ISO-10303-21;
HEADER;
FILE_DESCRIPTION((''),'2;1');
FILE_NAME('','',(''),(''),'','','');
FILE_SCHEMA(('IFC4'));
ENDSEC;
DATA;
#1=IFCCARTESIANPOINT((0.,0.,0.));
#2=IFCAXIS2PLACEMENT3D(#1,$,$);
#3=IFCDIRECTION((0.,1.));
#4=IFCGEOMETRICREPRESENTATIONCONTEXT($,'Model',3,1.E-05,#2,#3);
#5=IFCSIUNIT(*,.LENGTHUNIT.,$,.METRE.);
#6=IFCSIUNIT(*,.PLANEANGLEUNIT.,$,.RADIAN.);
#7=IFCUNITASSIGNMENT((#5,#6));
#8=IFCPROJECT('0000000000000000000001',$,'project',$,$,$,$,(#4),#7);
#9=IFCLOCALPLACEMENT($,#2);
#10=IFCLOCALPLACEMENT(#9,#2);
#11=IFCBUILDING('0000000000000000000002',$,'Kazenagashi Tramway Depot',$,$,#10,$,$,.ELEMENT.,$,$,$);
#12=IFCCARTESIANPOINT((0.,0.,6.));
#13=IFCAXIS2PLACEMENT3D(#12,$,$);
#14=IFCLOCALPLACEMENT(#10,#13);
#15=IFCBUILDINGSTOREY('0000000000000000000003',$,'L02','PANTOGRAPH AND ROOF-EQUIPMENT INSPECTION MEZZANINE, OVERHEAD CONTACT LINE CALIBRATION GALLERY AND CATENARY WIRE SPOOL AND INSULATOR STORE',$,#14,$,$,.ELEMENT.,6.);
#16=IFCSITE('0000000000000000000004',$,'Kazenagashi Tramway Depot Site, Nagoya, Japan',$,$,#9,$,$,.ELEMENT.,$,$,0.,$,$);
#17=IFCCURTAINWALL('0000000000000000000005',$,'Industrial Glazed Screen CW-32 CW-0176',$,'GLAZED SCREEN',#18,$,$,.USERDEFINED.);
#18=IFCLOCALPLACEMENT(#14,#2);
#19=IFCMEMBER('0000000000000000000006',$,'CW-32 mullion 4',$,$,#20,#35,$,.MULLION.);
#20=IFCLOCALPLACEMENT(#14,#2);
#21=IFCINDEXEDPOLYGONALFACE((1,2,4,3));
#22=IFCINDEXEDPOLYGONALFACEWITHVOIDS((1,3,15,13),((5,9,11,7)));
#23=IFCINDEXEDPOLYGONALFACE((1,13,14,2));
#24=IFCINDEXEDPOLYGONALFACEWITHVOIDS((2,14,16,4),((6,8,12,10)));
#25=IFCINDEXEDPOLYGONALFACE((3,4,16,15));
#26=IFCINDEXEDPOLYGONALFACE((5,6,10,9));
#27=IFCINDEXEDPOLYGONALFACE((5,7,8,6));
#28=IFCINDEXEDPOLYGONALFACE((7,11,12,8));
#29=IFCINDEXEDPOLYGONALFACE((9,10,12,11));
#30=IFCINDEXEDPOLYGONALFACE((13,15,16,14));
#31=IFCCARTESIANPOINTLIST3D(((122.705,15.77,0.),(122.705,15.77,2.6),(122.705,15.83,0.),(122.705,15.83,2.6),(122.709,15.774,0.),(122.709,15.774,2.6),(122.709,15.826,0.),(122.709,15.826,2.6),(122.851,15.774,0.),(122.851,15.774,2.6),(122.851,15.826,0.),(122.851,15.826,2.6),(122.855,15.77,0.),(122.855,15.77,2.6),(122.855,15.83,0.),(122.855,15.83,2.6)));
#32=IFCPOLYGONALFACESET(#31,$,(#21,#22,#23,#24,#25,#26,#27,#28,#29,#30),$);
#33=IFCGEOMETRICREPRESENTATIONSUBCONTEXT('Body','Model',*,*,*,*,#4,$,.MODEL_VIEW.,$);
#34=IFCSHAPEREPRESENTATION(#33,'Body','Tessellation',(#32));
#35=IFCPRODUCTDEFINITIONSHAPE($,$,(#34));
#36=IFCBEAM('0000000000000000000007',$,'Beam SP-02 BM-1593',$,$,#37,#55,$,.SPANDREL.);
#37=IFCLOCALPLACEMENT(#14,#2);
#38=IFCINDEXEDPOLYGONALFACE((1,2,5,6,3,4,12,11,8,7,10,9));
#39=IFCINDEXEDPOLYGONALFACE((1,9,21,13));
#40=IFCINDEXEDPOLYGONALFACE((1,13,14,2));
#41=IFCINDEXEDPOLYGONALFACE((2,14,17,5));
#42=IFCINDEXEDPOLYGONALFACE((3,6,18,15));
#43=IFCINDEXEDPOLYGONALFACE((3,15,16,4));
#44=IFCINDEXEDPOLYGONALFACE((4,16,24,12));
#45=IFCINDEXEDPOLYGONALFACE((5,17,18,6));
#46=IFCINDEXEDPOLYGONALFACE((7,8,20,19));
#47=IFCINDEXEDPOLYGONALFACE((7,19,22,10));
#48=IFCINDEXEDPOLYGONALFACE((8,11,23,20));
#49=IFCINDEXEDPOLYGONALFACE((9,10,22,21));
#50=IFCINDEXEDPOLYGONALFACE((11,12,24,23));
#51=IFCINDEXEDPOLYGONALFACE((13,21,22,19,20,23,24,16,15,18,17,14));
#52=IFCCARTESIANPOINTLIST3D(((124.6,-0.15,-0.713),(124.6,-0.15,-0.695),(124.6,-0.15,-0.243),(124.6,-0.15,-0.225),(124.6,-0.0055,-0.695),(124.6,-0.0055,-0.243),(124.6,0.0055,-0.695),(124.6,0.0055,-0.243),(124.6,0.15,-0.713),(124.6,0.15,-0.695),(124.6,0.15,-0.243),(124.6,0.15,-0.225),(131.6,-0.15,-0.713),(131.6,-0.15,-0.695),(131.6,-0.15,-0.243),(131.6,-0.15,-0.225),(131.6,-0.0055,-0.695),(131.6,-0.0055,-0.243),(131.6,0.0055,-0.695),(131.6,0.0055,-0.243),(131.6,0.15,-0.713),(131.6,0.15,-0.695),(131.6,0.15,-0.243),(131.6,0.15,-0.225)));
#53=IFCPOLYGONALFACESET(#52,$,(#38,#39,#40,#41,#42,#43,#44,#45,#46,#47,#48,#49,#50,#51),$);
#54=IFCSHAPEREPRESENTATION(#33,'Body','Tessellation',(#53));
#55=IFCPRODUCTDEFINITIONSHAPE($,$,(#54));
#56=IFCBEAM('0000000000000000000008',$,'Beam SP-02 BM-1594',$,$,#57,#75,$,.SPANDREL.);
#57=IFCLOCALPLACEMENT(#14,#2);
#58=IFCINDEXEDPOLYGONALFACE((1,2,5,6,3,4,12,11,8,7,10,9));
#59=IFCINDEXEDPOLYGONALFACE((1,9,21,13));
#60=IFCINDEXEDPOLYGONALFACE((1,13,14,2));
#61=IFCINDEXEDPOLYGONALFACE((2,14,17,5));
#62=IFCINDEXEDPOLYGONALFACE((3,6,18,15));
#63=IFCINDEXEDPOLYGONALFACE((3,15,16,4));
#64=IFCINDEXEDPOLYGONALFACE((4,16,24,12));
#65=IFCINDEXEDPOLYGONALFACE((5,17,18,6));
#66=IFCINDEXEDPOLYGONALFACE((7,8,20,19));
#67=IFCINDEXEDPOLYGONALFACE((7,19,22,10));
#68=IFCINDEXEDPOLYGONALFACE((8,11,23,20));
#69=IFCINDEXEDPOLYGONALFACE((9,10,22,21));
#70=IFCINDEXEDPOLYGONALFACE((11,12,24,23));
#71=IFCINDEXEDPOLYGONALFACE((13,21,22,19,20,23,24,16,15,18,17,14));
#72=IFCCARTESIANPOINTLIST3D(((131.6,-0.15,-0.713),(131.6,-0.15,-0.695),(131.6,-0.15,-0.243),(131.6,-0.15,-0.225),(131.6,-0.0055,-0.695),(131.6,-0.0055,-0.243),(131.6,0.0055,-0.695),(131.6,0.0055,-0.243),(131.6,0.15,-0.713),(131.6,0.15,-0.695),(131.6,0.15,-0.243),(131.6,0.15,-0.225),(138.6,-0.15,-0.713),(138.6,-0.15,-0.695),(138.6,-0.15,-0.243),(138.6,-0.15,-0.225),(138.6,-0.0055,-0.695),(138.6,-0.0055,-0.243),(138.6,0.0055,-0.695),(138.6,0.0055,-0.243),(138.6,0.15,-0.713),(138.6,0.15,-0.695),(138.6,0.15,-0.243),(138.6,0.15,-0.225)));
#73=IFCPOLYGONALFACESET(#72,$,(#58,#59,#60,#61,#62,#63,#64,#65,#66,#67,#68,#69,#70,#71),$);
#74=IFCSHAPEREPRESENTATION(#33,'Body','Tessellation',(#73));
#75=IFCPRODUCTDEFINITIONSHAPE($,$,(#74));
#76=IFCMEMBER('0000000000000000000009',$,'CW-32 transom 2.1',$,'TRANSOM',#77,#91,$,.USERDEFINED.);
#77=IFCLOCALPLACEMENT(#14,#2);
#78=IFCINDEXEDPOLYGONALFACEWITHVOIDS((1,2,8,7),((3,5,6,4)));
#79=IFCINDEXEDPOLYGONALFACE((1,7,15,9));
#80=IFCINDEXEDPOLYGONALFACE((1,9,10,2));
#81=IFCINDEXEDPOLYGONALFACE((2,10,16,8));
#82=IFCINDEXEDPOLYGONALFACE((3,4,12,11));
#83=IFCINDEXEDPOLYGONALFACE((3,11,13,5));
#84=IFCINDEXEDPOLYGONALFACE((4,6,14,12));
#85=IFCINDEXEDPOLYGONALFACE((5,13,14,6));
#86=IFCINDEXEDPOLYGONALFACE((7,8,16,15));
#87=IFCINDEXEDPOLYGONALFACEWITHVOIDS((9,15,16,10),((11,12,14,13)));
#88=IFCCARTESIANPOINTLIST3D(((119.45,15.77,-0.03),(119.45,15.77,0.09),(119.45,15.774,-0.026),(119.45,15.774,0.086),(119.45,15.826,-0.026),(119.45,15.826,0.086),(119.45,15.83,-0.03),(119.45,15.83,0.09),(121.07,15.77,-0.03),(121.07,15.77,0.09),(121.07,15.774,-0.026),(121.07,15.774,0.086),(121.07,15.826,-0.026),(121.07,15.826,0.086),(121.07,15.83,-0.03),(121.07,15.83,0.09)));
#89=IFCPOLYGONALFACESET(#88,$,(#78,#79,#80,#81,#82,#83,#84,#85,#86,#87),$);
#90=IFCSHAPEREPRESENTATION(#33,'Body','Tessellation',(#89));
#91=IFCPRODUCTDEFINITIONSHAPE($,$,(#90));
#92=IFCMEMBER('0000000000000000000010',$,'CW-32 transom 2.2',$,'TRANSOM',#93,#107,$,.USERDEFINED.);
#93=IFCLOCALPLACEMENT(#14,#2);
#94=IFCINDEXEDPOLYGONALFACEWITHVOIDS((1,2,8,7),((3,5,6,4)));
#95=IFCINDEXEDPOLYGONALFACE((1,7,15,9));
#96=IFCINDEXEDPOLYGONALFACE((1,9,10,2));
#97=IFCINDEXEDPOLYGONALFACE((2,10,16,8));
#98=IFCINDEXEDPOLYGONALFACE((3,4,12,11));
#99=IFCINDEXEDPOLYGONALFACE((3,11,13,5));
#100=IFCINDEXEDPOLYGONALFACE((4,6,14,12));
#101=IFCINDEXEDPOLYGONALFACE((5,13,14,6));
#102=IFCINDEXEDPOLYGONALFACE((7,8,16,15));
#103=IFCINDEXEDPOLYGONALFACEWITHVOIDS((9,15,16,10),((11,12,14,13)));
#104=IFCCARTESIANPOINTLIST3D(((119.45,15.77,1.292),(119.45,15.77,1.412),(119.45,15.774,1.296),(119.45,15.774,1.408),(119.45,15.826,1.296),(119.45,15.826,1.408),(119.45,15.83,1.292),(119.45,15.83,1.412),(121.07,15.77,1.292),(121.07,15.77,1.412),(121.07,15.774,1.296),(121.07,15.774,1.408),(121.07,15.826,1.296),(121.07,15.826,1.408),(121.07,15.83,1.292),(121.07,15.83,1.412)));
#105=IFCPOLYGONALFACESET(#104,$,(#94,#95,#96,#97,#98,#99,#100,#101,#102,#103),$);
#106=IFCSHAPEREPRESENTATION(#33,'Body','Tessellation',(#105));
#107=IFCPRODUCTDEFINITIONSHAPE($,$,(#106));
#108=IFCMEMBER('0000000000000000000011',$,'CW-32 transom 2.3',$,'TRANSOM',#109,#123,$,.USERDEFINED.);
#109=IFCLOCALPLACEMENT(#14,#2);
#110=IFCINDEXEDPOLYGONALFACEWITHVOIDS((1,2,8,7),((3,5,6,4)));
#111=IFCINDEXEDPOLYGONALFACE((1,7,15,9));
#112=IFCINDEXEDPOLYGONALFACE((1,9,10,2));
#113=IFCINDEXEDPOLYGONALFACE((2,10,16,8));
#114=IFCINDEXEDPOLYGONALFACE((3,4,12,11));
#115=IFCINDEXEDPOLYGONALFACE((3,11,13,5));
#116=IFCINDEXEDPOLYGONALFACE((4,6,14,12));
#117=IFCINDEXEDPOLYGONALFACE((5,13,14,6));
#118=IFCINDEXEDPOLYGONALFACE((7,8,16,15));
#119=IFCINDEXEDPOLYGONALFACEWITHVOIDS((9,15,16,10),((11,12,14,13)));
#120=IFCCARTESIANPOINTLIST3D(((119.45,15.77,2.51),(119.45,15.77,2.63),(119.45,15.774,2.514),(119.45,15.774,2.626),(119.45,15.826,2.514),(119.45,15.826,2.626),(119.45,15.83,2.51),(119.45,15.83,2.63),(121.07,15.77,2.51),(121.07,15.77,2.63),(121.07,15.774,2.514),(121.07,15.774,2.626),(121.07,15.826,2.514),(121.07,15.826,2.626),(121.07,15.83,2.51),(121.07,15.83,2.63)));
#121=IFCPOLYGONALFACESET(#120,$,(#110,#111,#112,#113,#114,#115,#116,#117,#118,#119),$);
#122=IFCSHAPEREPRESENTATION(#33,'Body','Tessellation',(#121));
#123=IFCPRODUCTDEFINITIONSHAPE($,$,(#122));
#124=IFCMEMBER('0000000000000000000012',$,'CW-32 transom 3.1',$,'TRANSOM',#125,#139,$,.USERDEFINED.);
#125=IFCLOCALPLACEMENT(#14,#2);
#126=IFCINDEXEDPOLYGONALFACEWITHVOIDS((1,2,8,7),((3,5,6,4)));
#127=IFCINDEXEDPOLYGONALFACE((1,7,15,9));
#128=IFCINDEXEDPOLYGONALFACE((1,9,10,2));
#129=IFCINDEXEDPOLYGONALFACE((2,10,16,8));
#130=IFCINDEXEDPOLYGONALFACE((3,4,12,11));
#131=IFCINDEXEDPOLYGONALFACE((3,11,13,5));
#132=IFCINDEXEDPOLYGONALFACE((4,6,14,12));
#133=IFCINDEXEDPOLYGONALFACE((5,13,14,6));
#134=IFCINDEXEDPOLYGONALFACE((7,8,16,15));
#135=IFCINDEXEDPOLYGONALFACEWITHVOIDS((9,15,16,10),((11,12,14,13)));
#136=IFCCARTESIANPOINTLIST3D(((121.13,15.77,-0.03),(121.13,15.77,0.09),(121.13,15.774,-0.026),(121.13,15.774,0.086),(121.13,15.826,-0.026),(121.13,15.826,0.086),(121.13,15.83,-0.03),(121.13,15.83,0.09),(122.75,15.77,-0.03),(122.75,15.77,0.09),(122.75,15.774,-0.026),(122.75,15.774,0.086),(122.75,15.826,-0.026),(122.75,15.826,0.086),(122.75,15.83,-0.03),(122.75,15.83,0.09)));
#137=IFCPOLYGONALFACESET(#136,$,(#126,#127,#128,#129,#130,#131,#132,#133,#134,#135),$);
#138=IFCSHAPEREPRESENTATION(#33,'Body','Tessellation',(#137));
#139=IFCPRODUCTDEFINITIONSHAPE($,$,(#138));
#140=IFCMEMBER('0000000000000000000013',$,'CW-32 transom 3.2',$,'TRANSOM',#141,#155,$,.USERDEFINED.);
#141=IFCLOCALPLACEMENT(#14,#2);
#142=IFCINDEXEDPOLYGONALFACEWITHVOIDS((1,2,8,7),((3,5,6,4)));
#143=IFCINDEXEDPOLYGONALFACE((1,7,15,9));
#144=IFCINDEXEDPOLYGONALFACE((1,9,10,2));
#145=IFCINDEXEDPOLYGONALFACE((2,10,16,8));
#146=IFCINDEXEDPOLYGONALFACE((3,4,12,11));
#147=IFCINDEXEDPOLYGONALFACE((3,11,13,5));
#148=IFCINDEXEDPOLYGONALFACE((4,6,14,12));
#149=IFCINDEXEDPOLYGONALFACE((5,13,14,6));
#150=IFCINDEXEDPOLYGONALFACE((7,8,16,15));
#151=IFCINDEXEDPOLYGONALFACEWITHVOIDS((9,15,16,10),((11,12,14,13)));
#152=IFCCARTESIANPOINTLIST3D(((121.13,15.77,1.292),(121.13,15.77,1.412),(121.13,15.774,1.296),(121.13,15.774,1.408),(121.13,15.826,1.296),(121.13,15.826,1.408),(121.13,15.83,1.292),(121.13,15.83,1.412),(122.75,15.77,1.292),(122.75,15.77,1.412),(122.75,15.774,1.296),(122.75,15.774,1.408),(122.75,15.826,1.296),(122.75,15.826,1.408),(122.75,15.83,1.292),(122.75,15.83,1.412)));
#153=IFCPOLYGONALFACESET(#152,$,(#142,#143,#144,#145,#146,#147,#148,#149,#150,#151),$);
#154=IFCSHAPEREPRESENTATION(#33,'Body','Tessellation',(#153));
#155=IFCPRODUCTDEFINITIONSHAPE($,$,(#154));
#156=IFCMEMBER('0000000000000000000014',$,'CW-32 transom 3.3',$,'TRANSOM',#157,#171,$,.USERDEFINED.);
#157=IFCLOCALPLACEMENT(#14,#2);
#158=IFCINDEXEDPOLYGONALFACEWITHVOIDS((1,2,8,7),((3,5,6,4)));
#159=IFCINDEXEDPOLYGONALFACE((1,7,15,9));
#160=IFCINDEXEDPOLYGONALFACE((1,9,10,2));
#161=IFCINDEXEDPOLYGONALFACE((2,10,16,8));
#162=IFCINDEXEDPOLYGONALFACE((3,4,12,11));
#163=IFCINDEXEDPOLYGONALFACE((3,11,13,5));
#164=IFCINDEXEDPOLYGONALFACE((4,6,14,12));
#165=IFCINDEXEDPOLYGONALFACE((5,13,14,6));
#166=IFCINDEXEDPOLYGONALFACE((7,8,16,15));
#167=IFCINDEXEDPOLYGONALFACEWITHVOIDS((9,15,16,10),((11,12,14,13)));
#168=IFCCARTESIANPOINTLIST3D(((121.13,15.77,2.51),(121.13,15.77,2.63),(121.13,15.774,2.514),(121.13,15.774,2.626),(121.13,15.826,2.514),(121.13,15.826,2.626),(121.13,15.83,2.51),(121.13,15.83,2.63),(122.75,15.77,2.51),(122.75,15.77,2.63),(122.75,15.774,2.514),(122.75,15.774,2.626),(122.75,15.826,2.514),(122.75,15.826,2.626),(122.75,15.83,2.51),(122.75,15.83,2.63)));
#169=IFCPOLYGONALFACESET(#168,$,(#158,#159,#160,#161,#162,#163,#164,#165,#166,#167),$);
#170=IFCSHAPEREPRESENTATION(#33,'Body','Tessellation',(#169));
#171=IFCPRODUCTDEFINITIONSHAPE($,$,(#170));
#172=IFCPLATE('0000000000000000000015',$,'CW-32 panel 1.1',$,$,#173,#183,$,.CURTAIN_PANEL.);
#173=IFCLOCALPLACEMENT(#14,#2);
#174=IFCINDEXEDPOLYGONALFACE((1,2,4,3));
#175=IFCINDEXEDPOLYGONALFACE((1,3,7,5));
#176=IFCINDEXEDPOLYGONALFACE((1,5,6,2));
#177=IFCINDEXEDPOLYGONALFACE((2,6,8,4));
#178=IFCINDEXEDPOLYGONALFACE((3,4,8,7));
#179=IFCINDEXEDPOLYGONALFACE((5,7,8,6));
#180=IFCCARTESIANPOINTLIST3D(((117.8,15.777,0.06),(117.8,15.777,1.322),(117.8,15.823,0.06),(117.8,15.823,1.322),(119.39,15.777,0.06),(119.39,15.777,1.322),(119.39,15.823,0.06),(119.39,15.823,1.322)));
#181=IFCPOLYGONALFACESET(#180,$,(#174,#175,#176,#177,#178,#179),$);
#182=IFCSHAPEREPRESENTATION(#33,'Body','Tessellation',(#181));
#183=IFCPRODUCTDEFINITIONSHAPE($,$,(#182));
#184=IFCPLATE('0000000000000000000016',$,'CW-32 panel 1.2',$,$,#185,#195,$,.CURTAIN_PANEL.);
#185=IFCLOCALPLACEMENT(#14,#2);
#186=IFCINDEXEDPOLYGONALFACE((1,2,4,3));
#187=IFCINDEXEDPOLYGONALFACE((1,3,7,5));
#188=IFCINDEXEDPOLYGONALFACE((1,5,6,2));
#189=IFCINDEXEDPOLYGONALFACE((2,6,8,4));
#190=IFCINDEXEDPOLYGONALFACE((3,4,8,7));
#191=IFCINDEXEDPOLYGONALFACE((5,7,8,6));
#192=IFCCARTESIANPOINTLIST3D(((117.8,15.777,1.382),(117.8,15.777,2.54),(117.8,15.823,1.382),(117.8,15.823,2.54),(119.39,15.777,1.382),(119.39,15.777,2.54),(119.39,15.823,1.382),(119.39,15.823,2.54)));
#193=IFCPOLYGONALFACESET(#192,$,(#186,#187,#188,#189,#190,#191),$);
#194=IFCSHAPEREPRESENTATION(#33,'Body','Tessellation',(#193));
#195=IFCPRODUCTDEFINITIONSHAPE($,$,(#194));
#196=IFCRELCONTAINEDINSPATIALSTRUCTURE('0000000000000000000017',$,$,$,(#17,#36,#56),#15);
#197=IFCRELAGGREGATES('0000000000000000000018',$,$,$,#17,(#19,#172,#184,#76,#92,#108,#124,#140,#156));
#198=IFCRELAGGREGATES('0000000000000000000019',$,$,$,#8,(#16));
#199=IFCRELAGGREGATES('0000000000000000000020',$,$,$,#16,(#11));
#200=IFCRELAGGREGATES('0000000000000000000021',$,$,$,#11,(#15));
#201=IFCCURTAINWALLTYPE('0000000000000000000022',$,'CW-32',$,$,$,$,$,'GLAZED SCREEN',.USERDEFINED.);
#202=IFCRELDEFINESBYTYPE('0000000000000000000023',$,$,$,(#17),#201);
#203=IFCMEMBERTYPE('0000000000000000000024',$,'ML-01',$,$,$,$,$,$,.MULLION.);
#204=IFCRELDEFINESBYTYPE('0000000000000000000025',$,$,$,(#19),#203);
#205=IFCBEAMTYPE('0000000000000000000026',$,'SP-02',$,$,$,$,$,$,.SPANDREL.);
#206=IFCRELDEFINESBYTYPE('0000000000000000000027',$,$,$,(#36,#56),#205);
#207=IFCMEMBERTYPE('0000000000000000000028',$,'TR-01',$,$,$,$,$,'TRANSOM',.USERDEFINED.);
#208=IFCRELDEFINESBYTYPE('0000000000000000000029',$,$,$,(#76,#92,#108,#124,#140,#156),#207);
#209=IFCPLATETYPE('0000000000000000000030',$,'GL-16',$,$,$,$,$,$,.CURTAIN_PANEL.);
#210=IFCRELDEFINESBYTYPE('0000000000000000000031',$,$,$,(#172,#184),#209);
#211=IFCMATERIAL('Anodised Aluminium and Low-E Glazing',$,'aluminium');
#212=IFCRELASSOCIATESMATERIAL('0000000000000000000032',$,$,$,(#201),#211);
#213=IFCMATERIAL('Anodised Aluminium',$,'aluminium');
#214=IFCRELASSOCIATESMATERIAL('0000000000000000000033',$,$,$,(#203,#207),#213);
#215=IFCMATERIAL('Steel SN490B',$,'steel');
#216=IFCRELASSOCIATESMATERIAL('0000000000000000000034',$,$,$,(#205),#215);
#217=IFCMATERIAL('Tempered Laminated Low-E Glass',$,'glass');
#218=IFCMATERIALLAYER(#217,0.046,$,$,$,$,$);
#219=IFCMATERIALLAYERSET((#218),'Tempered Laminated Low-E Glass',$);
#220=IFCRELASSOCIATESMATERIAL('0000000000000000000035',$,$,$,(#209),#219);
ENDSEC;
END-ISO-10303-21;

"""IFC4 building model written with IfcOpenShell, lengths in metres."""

from ifc_helpers import new_model, si_unit, direction, frame, origin, origin_2d, place, context, subcontext, project, spatial, rectangle, hollow_rectangle, i_section, extrude, material, layer, layer_set, material_profile, profile_set, type_object, element, aggregate, save


model = new_model("IFC4")

# Units and contexts
model_context = context("Model", 3, precision=1e-05, world=origin(), true_north=direction((0.0, 1.0)))
body_context = subcontext(model_context, "Body", "Model", "MODEL_VIEW")
ifc_project = project(units=[si_unit("LENGTHUNIT", "METRE"), si_unit("PLANEANGLEUNIT", "RADIAN")], contexts=[model_context])

# Site, building, storey
site_placement = place(None, origin())
site = spatial("IfcSite", under=ifc_project, at=site_placement, Name="Kazenagashi Tramway Depot Site, Nagoya, Japan", CompositionType="ELEMENT", RefElevation=0.0)
building_placement = place(site_placement, origin())
building = spatial("IfcBuilding", under=site, at=building_placement, Name="Kazenagashi Tramway Depot", CompositionType="ELEMENT")
storey_placement = place(building_placement, frame((0.0, 0.0, 6.0)))
storey = spatial("IfcBuildingStorey", under=building, at=storey_placement, Name="L02", Description="PANTOGRAPH AND ROOF-EQUIPMENT INSPECTION MEZZANINE, OVERHEAD CONTACT LINE CALIBRATION GALLERY AND CATENARY WIRE SPOOL AND INSULATOR STORE", CompositionType="ELEMENT", Elevation=6.0)

# Shared definitions
ifc_material_1 = material(Name="Steel SN490B", Category="steel")

# Curtain wall, member
ifc_material_2 = material(Name="Anodised Aluminium and Low-E Glazing", Category="aluminium")
curtain_wall_type = type_object("IfcCurtainWallType", Name="CW-32", ElementType="GLAZED SCREEN", PredefinedType="USERDEFINED", material=ifc_material_2)
curtain_wall_placement = place(storey_placement, origin())
curtain_wall = element("IfcCurtainWall", 1, at=curtain_wall_placement, inside=storey, type_object=curtain_wall_type, Name="Industrial Glazed Screen CW-32 CW-0176", ObjectType="GLAZED SCREEN", PredefinedType="USERDEFINED")
ifc_material_3 = material(Name="Anodised Aluminium", Category="aluminium")
ifc_material_profile_1 = material_profile(ifc_material_3, hollow_rectangle(XDim=0.06, YDim=0.15, WallThickness=0.004, at=origin_2d()), Name="RHS-150x60x4")
ifc_profile_set_1 = profile_set([ifc_material_profile_1], Name="Anodised Aluminium")
member_type_1 = type_object("IfcMemberType", Name="ML-01", PredefinedType="MULLION", material=ifc_profile_set_1)
member_1_placement = place(storey_placement, frame((122.78, 15.8, 0.0), z_axis=(0.0, 0.0, 1.0), x_axis=(0.0, 1.0, 0.0)))
member_1 = element("IfcMember", 2, at=member_1_placement, type_object=member_type_1, Name="CW-32 mullion 4", PredefinedType="MULLION", context=body_context, shape_type="SweptSolid", body=[
    extrude(hollow_rectangle(XDim=0.06, YDim=0.15, WallThickness=0.004, at=origin_2d()), origin(), (0.0, 0.0, 1.0), 2.6),
])

# Beams
ifc_material_profile_2 = material_profile(ifc_material_1, i_section(OverallWidth=0.3, OverallDepth=0.488, WebThickness=0.011, FlangeThickness=0.018, at=origin_2d()), Name="H-488x300x11x18")
ifc_profile_set_2 = profile_set([ifc_material_profile_2], Name="Steel SN490B")
beam_type_1 = type_object("IfcBeamType", Name="SP-02", PredefinedType="SPANDREL", material=ifc_profile_set_2)
for number, where, z_axis, x_axis, name in (
    (3, (124.6, 0.0, -0.469), (1.0, 0.0, 0.0), (0.0, 1.0, 0.0), "Beam SP-02 BM-1593"),
    (4, (131.6, 0.0, -0.469), (1.0, 0.0, 0.0), (0.0, 1.0, 0.0), "Beam SP-02 BM-1594"),
):
    element("IfcBeam", number, at=place(storey_placement, frame(where, z_axis=z_axis, x_axis=x_axis)), inside=storey, type_object=beam_type_1, Name=name, PredefinedType="SPANDREL", context=body_context, shape_type="SweptSolid", body=[
        extrude(i_section(OverallWidth=0.3, OverallDepth=0.488, WebThickness=0.011, FlangeThickness=0.018, at=origin_2d()), origin(), (0.0, 0.0, 1.0), 7.0),
    ])

# Members
ifc_material_profile_3 = material_profile(ifc_material_3, hollow_rectangle(XDim=0.06, YDim=0.12, WallThickness=0.004, at=origin_2d()), Name="RHS-120x60x4")
ifc_profile_set_3 = profile_set([ifc_material_profile_3], Name="Anodised Aluminium")
member_type_2 = type_object("IfcMemberType", Name="TR-01", ElementType="TRANSOM", PredefinedType="USERDEFINED", material=ifc_profile_set_3)
member_2_placement = place(storey_placement, frame((119.45, 15.8, 0.03), z_axis=(1.0, 0.0, 0.0), x_axis=(0.0, 1.0, 0.0)))
member_2 = element("IfcMember", 5, at=member_2_placement, type_object=member_type_2, Name="CW-32 transom 2.1", ObjectType="TRANSOM", PredefinedType="USERDEFINED", context=body_context, shape_type="SweptSolid", body=[
    extrude(hollow_rectangle(XDim=0.06, YDim=0.12, WallThickness=0.004, at=origin_2d()), origin(), (0.0, 0.0, 1.0), 1.62),
])
member_3_placement = place(storey_placement, frame((119.45, 15.8, 1.352), z_axis=(1.0, 0.0, 0.0), x_axis=(0.0, 1.0, 0.0)))
member_3 = element("IfcMember", 6, at=member_3_placement, type_object=member_type_2, Name="CW-32 transom 2.2", ObjectType="TRANSOM", PredefinedType="USERDEFINED", context=body_context, shape_type="SweptSolid", body=[
    extrude(hollow_rectangle(XDim=0.06, YDim=0.12, WallThickness=0.004, at=origin_2d()), origin(), (0.0, 0.0, 1.0), 1.62),
])
member_4_placement = place(storey_placement, frame((119.45, 15.8, 2.57), z_axis=(1.0, 0.0, 0.0), x_axis=(0.0, 1.0, 0.0)))
member_4 = element("IfcMember", 7, at=member_4_placement, type_object=member_type_2, Name="CW-32 transom 2.3", ObjectType="TRANSOM", PredefinedType="USERDEFINED", context=body_context, shape_type="SweptSolid", body=[
    extrude(hollow_rectangle(XDim=0.06, YDim=0.12, WallThickness=0.004, at=origin_2d()), origin(), (0.0, 0.0, 1.0), 1.62),
])
member_5_placement = place(storey_placement, frame((121.13, 15.8, 0.03), z_axis=(1.0, 0.0, 0.0), x_axis=(0.0, 1.0, 0.0)))
member_5 = element("IfcMember", 8, at=member_5_placement, type_object=member_type_2, Name="CW-32 transom 3.1", ObjectType="TRANSOM", PredefinedType="USERDEFINED", context=body_context, shape_type="SweptSolid", body=[
    extrude(hollow_rectangle(XDim=0.06, YDim=0.12, WallThickness=0.004, at=origin_2d()), origin(), (0.0, 0.0, 1.0), 1.62),
])
member_6_placement = place(storey_placement, frame((121.13, 15.8, 1.352), z_axis=(1.0, 0.0, 0.0), x_axis=(0.0, 1.0, 0.0)))
member_6 = element("IfcMember", 9, at=member_6_placement, type_object=member_type_2, Name="CW-32 transom 3.2", ObjectType="TRANSOM", PredefinedType="USERDEFINED", context=body_context, shape_type="SweptSolid", body=[
    extrude(hollow_rectangle(XDim=0.06, YDim=0.12, WallThickness=0.004, at=origin_2d()), origin(), (0.0, 0.0, 1.0), 1.62),
])
member_7_placement = place(storey_placement, frame((121.13, 15.8, 2.57), z_axis=(1.0, 0.0, 0.0), x_axis=(0.0, 1.0, 0.0)))
member_7 = element("IfcMember", 10, at=member_7_placement, type_object=member_type_2, Name="CW-32 transom 3.3", ObjectType="TRANSOM", PredefinedType="USERDEFINED", context=body_context, shape_type="SweptSolid", body=[
    extrude(hollow_rectangle(XDim=0.06, YDim=0.12, WallThickness=0.004, at=origin_2d()), origin(), (0.0, 0.0, 1.0), 1.62),
])

# Plates
ifc_material_4 = material(Name="Tempered Laminated Low-E Glass", Category="glass")
ifc_layer_1 = layer(ifc_material_4, 0.046)
ifc_layer_set_1 = layer_set([ifc_layer_1], Name="Tempered Laminated Low-E Glass")
plate_type = type_object("IfcPlateType", Name="GL-16", PredefinedType="CURTAIN_PANEL", material=ifc_layer_set_1)
plate_1_placement = place(storey_placement, frame((118.595, 15.8, 0.06), z_axis=(0.0, 0.0, 1.0), x_axis=(1.0, 0.0, 0.0)))
plate_1 = element("IfcPlate", 11, at=plate_1_placement, type_object=plate_type, Name="CW-32 panel 1.1", PredefinedType="CURTAIN_PANEL", context=body_context, shape_type="SweptSolid", body=[
    extrude(rectangle(XDim=1.59, YDim=0.046, at=origin_2d()), origin(), (0.0, 0.0, 1.0), 1.262),
])
plate_2_placement = place(storey_placement, frame((118.595, 15.8, 1.382), z_axis=(0.0, 0.0, 1.0), x_axis=(1.0, 0.0, 0.0)))
plate_2 = element("IfcPlate", 12, at=plate_2_placement, type_object=plate_type, Name="CW-32 panel 1.2", PredefinedType="CURTAIN_PANEL", context=body_context, shape_type="SweptSolid", body=[
    extrude(rectangle(XDim=1.59, YDim=0.046, at=origin_2d()), origin(), (0.0, 0.0, 1.0), 1.158),
])
aggregate(curtain_wall, [member_1, plate_1, plate_2, member_2, member_3, member_4, member_5, member_6, member_7])

save(model, "model.ifc")
